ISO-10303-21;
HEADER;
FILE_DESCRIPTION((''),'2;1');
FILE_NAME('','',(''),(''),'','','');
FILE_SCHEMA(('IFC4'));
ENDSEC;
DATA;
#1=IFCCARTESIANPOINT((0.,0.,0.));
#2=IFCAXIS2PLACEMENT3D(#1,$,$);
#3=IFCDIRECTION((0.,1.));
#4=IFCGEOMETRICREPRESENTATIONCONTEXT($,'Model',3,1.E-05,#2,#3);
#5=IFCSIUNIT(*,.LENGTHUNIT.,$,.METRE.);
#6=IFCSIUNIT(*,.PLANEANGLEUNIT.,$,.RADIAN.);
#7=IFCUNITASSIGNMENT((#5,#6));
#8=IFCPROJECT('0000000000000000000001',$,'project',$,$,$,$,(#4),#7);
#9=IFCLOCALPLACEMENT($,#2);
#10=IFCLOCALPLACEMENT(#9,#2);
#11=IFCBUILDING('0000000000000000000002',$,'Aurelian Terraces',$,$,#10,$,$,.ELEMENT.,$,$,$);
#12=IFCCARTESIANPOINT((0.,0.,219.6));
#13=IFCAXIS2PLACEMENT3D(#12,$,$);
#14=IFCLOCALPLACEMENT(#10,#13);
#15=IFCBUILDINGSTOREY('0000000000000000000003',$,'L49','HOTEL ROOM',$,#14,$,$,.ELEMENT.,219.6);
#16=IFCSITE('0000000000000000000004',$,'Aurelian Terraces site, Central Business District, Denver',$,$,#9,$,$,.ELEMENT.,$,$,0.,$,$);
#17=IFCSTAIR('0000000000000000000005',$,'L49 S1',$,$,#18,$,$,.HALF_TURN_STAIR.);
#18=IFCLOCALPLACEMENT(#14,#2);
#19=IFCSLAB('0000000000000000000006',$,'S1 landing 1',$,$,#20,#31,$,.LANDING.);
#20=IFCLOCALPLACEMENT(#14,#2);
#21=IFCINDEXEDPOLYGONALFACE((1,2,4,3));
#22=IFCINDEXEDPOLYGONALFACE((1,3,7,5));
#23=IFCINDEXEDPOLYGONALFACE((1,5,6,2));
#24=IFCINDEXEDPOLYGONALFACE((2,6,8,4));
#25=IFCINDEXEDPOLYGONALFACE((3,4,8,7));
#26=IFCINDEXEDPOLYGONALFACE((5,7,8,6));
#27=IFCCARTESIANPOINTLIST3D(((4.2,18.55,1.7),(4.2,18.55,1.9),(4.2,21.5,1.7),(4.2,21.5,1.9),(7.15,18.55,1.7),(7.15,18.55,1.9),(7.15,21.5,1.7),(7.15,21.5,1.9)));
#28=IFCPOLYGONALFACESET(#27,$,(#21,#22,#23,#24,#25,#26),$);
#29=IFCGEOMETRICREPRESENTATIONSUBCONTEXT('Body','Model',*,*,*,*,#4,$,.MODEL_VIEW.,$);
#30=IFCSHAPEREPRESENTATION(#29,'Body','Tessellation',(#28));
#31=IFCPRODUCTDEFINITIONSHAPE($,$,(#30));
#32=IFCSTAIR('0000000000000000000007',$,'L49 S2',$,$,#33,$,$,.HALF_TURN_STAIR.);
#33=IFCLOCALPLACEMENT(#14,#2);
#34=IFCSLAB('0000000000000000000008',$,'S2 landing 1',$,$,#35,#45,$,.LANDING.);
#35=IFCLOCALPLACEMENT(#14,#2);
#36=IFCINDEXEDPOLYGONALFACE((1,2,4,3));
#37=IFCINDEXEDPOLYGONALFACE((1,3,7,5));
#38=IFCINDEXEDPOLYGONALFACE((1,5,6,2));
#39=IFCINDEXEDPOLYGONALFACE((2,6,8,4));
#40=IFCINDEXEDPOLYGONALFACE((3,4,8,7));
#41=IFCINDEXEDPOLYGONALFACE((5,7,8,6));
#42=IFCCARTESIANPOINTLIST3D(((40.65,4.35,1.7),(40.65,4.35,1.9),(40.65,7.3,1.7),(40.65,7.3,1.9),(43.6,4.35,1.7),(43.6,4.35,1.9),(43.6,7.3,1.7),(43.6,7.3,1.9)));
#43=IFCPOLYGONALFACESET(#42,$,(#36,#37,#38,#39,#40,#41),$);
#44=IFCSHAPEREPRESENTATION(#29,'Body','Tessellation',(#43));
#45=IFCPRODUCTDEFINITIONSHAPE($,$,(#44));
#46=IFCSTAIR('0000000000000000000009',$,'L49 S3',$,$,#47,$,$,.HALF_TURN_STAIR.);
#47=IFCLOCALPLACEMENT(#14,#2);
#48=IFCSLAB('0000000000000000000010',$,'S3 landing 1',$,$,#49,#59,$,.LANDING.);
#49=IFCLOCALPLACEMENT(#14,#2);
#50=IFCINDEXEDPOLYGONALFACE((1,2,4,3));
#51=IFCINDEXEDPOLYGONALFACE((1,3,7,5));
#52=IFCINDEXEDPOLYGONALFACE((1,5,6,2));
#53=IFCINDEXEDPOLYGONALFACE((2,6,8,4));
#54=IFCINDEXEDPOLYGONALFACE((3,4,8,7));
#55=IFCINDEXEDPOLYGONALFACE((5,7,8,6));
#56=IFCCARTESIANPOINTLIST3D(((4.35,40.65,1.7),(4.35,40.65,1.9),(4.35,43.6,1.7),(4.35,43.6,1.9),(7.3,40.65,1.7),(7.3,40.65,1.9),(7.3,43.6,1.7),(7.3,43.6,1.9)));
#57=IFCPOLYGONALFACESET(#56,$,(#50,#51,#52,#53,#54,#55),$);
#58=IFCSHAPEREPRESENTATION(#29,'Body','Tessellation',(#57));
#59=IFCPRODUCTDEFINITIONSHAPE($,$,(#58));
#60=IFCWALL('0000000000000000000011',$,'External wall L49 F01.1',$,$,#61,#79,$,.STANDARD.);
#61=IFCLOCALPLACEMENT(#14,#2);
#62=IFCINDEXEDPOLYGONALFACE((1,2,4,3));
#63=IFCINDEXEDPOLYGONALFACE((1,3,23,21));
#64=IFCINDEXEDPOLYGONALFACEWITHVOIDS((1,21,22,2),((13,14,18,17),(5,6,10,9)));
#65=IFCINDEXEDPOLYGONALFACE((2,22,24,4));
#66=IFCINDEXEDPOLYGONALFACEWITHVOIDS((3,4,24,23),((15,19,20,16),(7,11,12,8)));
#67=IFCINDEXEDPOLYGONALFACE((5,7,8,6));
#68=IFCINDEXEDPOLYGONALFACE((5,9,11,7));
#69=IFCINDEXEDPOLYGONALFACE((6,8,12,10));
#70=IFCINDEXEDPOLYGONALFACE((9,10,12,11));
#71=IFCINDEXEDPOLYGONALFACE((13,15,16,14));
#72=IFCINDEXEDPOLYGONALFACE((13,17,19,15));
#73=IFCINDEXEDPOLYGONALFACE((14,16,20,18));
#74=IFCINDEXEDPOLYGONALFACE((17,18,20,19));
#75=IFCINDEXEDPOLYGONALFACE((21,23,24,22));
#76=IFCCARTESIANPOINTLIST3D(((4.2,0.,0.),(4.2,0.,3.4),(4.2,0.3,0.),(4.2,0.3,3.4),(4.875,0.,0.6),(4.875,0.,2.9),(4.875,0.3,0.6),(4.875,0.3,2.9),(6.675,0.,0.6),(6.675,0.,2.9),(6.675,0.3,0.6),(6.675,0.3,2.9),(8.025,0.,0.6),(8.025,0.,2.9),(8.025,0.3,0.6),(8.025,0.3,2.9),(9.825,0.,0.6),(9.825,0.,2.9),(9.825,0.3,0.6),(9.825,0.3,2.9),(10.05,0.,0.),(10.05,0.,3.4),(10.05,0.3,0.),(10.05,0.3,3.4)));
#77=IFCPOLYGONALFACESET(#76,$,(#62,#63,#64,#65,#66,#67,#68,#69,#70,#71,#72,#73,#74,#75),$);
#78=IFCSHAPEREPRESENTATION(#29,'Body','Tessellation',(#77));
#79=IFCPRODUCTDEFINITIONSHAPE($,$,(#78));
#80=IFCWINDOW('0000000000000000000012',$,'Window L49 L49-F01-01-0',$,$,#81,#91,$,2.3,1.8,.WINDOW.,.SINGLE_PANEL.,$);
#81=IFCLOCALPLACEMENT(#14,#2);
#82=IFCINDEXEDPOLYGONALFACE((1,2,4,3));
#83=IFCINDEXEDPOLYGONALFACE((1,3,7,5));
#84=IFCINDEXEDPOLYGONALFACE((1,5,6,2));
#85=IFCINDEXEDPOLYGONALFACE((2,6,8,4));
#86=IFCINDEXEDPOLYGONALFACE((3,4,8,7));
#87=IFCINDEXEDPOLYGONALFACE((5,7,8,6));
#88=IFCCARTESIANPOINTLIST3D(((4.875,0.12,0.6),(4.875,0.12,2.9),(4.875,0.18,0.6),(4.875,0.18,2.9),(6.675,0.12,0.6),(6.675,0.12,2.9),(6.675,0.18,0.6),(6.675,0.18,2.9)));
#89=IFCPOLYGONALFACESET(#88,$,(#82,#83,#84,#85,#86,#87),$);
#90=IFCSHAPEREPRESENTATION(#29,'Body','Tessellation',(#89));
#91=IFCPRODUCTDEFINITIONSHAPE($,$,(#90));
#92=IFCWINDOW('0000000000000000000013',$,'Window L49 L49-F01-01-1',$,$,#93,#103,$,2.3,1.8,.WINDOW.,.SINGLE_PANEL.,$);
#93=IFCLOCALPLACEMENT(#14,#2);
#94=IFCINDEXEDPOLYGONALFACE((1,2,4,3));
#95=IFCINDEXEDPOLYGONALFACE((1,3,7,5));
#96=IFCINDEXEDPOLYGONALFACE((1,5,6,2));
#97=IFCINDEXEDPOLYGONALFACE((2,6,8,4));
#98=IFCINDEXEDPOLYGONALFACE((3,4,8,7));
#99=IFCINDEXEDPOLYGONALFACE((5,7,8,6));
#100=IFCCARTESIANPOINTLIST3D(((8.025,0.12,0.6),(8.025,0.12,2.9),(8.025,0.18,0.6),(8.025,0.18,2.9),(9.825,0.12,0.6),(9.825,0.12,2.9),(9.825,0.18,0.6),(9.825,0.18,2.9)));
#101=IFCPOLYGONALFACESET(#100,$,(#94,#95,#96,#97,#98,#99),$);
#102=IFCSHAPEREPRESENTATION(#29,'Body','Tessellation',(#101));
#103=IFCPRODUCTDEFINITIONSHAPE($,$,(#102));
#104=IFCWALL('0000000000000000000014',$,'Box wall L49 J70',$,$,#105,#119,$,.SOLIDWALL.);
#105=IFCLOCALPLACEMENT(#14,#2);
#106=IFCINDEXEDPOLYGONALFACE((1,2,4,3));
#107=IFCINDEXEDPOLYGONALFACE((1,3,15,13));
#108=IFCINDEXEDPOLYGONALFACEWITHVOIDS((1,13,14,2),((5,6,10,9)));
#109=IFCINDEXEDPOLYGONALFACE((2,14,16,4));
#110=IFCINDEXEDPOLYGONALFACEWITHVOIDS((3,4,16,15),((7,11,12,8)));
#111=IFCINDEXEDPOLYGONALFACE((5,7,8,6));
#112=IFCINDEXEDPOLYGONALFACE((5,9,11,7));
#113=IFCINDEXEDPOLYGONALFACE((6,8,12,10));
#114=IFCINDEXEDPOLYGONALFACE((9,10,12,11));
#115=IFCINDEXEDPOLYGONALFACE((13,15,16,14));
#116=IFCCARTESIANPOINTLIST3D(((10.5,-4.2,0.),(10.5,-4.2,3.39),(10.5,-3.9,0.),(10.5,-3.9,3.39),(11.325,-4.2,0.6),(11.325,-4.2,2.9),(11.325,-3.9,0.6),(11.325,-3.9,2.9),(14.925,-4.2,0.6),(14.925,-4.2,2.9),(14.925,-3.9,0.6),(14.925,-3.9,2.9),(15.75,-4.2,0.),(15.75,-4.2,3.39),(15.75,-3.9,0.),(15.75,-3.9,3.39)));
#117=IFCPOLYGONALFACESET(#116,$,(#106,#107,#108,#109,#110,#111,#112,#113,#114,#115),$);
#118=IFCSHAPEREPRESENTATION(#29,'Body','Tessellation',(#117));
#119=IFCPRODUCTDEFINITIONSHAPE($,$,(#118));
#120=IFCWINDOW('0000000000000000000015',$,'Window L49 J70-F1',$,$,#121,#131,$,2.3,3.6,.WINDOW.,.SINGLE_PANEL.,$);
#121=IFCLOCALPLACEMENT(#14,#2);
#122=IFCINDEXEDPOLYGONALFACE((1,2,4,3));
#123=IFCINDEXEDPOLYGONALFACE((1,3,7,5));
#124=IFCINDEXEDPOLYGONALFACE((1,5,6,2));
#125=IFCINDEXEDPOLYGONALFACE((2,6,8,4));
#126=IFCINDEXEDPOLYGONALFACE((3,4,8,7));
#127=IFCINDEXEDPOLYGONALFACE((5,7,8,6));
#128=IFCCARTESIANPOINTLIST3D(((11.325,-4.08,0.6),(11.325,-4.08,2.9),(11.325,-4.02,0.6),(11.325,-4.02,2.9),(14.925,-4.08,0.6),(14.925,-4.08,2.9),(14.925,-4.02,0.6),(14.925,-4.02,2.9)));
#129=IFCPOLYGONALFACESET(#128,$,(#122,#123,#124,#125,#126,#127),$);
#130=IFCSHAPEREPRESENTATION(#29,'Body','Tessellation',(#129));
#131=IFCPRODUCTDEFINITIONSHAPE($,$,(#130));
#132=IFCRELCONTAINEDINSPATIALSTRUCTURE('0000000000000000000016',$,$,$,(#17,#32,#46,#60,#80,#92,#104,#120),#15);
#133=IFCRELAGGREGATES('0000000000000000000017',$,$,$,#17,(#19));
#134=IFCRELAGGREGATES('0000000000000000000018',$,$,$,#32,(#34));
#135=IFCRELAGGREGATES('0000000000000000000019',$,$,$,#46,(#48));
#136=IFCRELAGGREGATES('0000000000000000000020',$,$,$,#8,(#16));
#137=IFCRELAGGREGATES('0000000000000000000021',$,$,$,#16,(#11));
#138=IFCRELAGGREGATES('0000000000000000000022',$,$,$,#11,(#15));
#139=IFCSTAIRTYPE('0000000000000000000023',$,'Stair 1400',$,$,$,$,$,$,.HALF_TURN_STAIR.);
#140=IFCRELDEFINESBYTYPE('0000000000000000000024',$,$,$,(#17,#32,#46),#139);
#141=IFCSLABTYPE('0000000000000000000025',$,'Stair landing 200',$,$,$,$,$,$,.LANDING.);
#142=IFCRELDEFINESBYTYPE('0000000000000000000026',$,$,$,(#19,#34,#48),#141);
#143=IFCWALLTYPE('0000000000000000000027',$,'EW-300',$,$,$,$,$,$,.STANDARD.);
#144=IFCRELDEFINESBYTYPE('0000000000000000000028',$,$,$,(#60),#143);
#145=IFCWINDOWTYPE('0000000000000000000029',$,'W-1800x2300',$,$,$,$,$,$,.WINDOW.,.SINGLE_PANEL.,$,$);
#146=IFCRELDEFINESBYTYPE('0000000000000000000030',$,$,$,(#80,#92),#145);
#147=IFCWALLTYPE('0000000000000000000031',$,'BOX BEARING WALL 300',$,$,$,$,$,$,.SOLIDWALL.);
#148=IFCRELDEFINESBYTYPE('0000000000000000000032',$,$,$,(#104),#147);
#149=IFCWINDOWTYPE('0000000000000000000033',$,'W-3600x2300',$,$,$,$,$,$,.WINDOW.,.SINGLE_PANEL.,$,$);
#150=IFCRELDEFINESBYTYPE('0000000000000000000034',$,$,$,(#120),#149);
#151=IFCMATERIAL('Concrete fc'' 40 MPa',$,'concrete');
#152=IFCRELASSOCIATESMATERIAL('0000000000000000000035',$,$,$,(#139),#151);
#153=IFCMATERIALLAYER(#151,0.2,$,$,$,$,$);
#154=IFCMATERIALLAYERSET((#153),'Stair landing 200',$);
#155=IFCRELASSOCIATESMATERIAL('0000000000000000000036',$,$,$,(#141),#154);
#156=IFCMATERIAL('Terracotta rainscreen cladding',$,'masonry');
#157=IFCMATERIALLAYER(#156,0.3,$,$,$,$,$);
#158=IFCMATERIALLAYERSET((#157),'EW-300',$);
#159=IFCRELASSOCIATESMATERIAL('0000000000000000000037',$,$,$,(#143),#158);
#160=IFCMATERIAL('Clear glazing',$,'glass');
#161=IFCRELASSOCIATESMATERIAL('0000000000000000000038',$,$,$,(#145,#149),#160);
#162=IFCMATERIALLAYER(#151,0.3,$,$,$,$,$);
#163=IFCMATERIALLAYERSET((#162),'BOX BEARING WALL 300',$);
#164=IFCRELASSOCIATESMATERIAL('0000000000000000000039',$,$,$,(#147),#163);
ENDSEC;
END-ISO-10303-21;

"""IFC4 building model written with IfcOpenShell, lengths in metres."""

from ifc_helpers import new_model, si_unit, direction, frame, frame_2d, origin, place, context, subcontext, project, spatial, polyline, rectangle, outline, extrude, source, transform, mapped, material, layer, layer_set, type_object, element, fill, aggregate, save


model = new_model("IFC4")

# Units and contexts
model_context = context("Model", 3, precision=1e-05, world=origin(), true_north=direction((0.0, 1.0)))
body_context = subcontext(model_context, "Body", "Model", "MODEL_VIEW")
ifc_project = project(units=[si_unit("LENGTHUNIT", "METRE"), si_unit("PLANEANGLEUNIT", "RADIAN")], contexts=[model_context])

# Site, building, storey
site_placement = place(None, origin())
site = spatial("IfcSite", under=ifc_project, at=site_placement, Name="Aurelian Terraces site, Central Business District, Denver", CompositionType="ELEMENT", RefElevation=0.0)
building_placement = place(site_placement, origin())
building = spatial("IfcBuilding", under=site, at=building_placement, Name="Aurelian Terraces", CompositionType="ELEMENT")
storey_placement = place(building_placement, frame((0.0, 0.0, 219.6)))
storey = spatial("IfcBuildingStorey", under=building, at=storey_placement, Name="L49", Description="HOTEL ROOM", CompositionType="ELEMENT", Elevation=219.6)

# Shared definitions
ifc_material_1 = material(Name="Concrete fc' 40 MPa", Category="concrete")

# Stairs, slabs
stair_type = type_object("IfcStairType", Name="Stair 1400", PredefinedType="HALF_TURN_STAIR", material=ifc_material_1)
stair_1_placement = place(storey_placement, origin())
stair_1 = element("IfcStair", 1, at=stair_1_placement, inside=storey, type_object=stair_type, Name="L49 S1", PredefinedType="HALF_TURN_STAIR")
ifc_layer_1 = layer(ifc_material_1, 0.2)
ifc_layer_set_1 = layer_set([ifc_layer_1], Name="Stair landing 200")
slab_type_1 = type_object("IfcSlabType", Name="Stair landing 200", PredefinedType="LANDING", material=ifc_layer_set_1)
shared_shape_1 = source(origin(), body_context, "Body", "SweptSolid", [
    extrude(outline(polyline([(7.15, 18.55), (7.15, 21.5), (4.2, 21.5), (4.2, 18.55), (7.15, 18.55)])), origin(), (0.0, 0.0, 1.0), 0.2),
])
slab_1_placement = place(storey_placement, frame((0.0, 0.0, 1.7)))
slab_1 = element("IfcSlab", 2, at=slab_1_placement, type_object=slab_type_1, Name="S1 landing 1", PredefinedType="LANDING", context=body_context, shape_type="MappedRepresentation", body=[
    mapped(shared_shape_1, transform((0.0, 0.0, 0.0), scale=1.0)),
])
aggregate(stair_1, [slab_1])
stair_2_placement = place(storey_placement, origin())
stair_2 = element("IfcStair", 3, at=stair_2_placement, inside=storey, type_object=stair_type, Name="L49 S2", PredefinedType="HALF_TURN_STAIR")
shared_shape_2 = source(origin(), body_context, "Body", "SweptSolid", [
    extrude(outline(polyline([(43.6, 4.35), (43.6, 7.3), (40.65, 7.3), (40.65, 4.35), (43.6, 4.35)])), origin(), (0.0, 0.0, 1.0), 0.2),
])
slab_2_placement = place(storey_placement, frame((0.0, 0.0, 1.7)))
slab_2 = element("IfcSlab", 4, at=slab_2_placement, type_object=slab_type_1, Name="S2 landing 1", PredefinedType="LANDING", context=body_context, shape_type="MappedRepresentation", body=[
    mapped(shared_shape_2, transform((0.0, 0.0, 0.0), scale=1.0)),
])
aggregate(stair_2, [slab_2])
stair_3_placement = place(storey_placement, origin())
stair_3 = element("IfcStair", 5, at=stair_3_placement, inside=storey, type_object=stair_type, Name="L49 S3", PredefinedType="HALF_TURN_STAIR")
shared_shape_3 = source(origin(), body_context, "Body", "SweptSolid", [
    extrude(outline(polyline([(4.35, 40.65), (7.3, 40.65), (7.3, 43.6), (4.35, 43.6), (4.35, 40.65)])), origin(), (0.0, 0.0, 1.0), 0.2),
])
slab_3_placement = place(storey_placement, frame((0.0, 0.0, 1.7)))
slab_3 = element("IfcSlab", 6, at=slab_3_placement, type_object=slab_type_1, Name="S3 landing 1", PredefinedType="LANDING", context=body_context, shape_type="MappedRepresentation", body=[
    mapped(shared_shape_3, transform((0.0, 0.0, 0.0), scale=1.0)),
])
aggregate(stair_3, [slab_3])

# Wall, openings, windows
ifc_material_2 = material(Name="Terracotta rainscreen cladding", Category="masonry")
ifc_layer_2 = layer(ifc_material_2, 0.3)
ifc_layer_set_2 = layer_set([ifc_layer_2], Name="EW-300")
wall_type_1 = type_object("IfcWallType", Name="EW-300", PredefinedType="STANDARD", material=ifc_layer_set_2)
shared_shape_4 = source(origin(), body_context, "Body", "SweptSolid", [
    extrude(rectangle(XDim=5.85, YDim=0.3, at=frame_2d((2.925, 0.0))), origin(), (0.0, 0.0, 1.0), 3.4),
])
wall_1_placement = place(storey_placement, frame((4.2, 0.15, 0.0), z_axis=(0.0, 0.0, 1.0), x_axis=(1.0, 0.0, 0.0)))
wall_1 = element("IfcWall", 7, at=wall_1_placement, inside=storey, type_object=wall_type_1, Name="External wall L49 F01.1", PredefinedType="STANDARD", context=body_context, shape_type="MappedRepresentation", body=[
    mapped(shared_shape_4, transform((0.0, 0.0, 0.0), scale=1.0)),
])
shared_shape_5 = source(origin(), body_context, "Body", "SweptSolid", [
    extrude(rectangle(XDim=1.8, YDim=2.3, at=frame_2d((0.9, 1.15))), frame((0.0, 0.16, 0.0), z_axis=(0.0, -1.0, 0.0), x_axis=(1.0, 0.0, 0.0)), (0.0, 0.0, 1.0), 0.32),
])
opening_1_placement = place(wall_1_placement, frame((0.675, 0.0, 0.6)))
opening_1 = element("IfcOpeningElement", 8, at=opening_1_placement, cuts=wall_1, PredefinedType="OPENING", context=body_context, shape_type="MappedRepresentation", body=[
    mapped(shared_shape_5, transform((0.0, 0.0, 0.0), scale=1.0)),
])
opening_2_placement = place(wall_1_placement, frame((3.825, 0.0, 0.6)))
opening_2 = element("IfcOpeningElement", 9, at=opening_2_placement, cuts=wall_1, PredefinedType="OPENING", context=body_context, shape_type="MappedRepresentation", body=[
    mapped(shared_shape_5, transform((0.0, 0.0, 0.0), scale=1.0)),
])
ifc_material_3 = material(Name="Clear glazing", Category="glass")
window_type_1 = type_object("IfcWindowType", Name="W-1800x2300", PartitioningType="SINGLE_PANEL", PredefinedType="WINDOW", material=ifc_material_3)
shared_shape_6 = source(origin(), body_context, "Body", "SweptSolid", [
    extrude(rectangle(XDim=1.8, YDim=2.3, at=frame_2d((0.9, 1.15))), frame((0.0, 0.03, 0.0), z_axis=(0.0, -1.0, 0.0), x_axis=(1.0, 0.0, 0.0)), (0.0, 0.0, 1.0), 0.06),
])
window_1_placement = place(opening_1_placement, origin())
window_1 = element("IfcWindow", 10, at=window_1_placement, inside=storey, type_object=window_type_1, Name="Window L49 L49-F01-01-0", OverallHeight=2.3, OverallWidth=1.8, PartitioningType="SINGLE_PANEL", PredefinedType="WINDOW", context=body_context, shape_type="MappedRepresentation", body=[
    mapped(shared_shape_6, transform((0.0, 0.0, 0.0), scale=1.0)),
])
fill(opening_1, window_1)
window_2_placement = place(opening_2_placement, origin())
window_2 = element("IfcWindow", 11, at=window_2_placement, inside=storey, type_object=window_type_1, Name="Window L49 L49-F01-01-1", OverallHeight=2.3, OverallWidth=1.8, PartitioningType="SINGLE_PANEL", PredefinedType="WINDOW", context=body_context, shape_type="MappedRepresentation", body=[
    mapped(shared_shape_6, transform((0.0, 0.0, 0.0), scale=1.0)),
])
fill(opening_2, window_2)

# Wall, opening, window
ifc_layer_3 = layer(ifc_material_1, 0.3)
ifc_layer_set_3 = layer_set([ifc_layer_3], Name="BOX BEARING WALL 300")
wall_type_2 = type_object("IfcWallType", Name="BOX BEARING WALL 300", PredefinedType="SOLIDWALL", material=ifc_layer_set_3)
shared_shape_7 = source(origin(), body_context, "Body", "SweptSolid", [
    extrude(rectangle(XDim=5.25, YDim=0.3, at=frame_2d((2.625, 0.0))), origin(), (0.0, 0.0, 1.0), 3.39),
])
wall_2_placement = place(storey_placement, frame((10.5, -4.05, 0.0), z_axis=(0.0, 0.0, 1.0), x_axis=(1.0, 0.0, 0.0)))
wall_2 = element("IfcWall", 12, at=wall_2_placement, inside=storey, type_object=wall_type_2, Name="Box wall L49 J70", PredefinedType="SOLIDWALL", context=body_context, shape_type="MappedRepresentation", body=[
    mapped(shared_shape_7, transform((0.0, 0.0, 0.0), scale=1.0)),
])
shared_shape_8 = source(origin(), body_context, "Body", "SweptSolid", [
    extrude(rectangle(XDim=3.6, YDim=2.3, at=frame_2d((1.8, 1.15))), frame((0.0, 0.16, 0.0), z_axis=(0.0, -1.0, 0.0), x_axis=(1.0, 0.0, 0.0)), (0.0, 0.0, 1.0), 0.32),
])
opening_3_placement = place(wall_2_placement, frame((0.825, 0.0, 0.6)))
opening_3 = element("IfcOpeningElement", 13, at=opening_3_placement, cuts=wall_2, PredefinedType="OPENING", context=body_context, shape_type="MappedRepresentation", body=[
    mapped(shared_shape_8, transform((0.0, 0.0, 0.0), scale=1.0)),
])
window_type_2 = type_object("IfcWindowType", Name="W-3600x2300", PartitioningType="SINGLE_PANEL", PredefinedType="WINDOW", material=ifc_material_3)
shared_shape_9 = source(origin(), body_context, "Body", "SweptSolid", [
    extrude(rectangle(XDim=3.6, YDim=2.3, at=frame_2d((1.8, 1.15))), frame((0.0, 0.03, 0.0), z_axis=(0.0, -1.0, 0.0), x_axis=(1.0, 0.0, 0.0)), (0.0, 0.0, 1.0), 0.06),
])
window_3_placement = place(opening_3_placement, origin())
window_3 = element("IfcWindow", 14, at=window_3_placement, inside=storey, type_object=window_type_2, Name="Window L49 J70-F1", OverallHeight=2.3, OverallWidth=3.6, PartitioningType="SINGLE_PANEL", PredefinedType="WINDOW", context=body_context, shape_type="MappedRepresentation", body=[
    mapped(shared_shape_9, transform((0.0, 0.0, 0.0), scale=1.0)),
])
fill(opening_3, window_3)

save(model, "model.ifc")
